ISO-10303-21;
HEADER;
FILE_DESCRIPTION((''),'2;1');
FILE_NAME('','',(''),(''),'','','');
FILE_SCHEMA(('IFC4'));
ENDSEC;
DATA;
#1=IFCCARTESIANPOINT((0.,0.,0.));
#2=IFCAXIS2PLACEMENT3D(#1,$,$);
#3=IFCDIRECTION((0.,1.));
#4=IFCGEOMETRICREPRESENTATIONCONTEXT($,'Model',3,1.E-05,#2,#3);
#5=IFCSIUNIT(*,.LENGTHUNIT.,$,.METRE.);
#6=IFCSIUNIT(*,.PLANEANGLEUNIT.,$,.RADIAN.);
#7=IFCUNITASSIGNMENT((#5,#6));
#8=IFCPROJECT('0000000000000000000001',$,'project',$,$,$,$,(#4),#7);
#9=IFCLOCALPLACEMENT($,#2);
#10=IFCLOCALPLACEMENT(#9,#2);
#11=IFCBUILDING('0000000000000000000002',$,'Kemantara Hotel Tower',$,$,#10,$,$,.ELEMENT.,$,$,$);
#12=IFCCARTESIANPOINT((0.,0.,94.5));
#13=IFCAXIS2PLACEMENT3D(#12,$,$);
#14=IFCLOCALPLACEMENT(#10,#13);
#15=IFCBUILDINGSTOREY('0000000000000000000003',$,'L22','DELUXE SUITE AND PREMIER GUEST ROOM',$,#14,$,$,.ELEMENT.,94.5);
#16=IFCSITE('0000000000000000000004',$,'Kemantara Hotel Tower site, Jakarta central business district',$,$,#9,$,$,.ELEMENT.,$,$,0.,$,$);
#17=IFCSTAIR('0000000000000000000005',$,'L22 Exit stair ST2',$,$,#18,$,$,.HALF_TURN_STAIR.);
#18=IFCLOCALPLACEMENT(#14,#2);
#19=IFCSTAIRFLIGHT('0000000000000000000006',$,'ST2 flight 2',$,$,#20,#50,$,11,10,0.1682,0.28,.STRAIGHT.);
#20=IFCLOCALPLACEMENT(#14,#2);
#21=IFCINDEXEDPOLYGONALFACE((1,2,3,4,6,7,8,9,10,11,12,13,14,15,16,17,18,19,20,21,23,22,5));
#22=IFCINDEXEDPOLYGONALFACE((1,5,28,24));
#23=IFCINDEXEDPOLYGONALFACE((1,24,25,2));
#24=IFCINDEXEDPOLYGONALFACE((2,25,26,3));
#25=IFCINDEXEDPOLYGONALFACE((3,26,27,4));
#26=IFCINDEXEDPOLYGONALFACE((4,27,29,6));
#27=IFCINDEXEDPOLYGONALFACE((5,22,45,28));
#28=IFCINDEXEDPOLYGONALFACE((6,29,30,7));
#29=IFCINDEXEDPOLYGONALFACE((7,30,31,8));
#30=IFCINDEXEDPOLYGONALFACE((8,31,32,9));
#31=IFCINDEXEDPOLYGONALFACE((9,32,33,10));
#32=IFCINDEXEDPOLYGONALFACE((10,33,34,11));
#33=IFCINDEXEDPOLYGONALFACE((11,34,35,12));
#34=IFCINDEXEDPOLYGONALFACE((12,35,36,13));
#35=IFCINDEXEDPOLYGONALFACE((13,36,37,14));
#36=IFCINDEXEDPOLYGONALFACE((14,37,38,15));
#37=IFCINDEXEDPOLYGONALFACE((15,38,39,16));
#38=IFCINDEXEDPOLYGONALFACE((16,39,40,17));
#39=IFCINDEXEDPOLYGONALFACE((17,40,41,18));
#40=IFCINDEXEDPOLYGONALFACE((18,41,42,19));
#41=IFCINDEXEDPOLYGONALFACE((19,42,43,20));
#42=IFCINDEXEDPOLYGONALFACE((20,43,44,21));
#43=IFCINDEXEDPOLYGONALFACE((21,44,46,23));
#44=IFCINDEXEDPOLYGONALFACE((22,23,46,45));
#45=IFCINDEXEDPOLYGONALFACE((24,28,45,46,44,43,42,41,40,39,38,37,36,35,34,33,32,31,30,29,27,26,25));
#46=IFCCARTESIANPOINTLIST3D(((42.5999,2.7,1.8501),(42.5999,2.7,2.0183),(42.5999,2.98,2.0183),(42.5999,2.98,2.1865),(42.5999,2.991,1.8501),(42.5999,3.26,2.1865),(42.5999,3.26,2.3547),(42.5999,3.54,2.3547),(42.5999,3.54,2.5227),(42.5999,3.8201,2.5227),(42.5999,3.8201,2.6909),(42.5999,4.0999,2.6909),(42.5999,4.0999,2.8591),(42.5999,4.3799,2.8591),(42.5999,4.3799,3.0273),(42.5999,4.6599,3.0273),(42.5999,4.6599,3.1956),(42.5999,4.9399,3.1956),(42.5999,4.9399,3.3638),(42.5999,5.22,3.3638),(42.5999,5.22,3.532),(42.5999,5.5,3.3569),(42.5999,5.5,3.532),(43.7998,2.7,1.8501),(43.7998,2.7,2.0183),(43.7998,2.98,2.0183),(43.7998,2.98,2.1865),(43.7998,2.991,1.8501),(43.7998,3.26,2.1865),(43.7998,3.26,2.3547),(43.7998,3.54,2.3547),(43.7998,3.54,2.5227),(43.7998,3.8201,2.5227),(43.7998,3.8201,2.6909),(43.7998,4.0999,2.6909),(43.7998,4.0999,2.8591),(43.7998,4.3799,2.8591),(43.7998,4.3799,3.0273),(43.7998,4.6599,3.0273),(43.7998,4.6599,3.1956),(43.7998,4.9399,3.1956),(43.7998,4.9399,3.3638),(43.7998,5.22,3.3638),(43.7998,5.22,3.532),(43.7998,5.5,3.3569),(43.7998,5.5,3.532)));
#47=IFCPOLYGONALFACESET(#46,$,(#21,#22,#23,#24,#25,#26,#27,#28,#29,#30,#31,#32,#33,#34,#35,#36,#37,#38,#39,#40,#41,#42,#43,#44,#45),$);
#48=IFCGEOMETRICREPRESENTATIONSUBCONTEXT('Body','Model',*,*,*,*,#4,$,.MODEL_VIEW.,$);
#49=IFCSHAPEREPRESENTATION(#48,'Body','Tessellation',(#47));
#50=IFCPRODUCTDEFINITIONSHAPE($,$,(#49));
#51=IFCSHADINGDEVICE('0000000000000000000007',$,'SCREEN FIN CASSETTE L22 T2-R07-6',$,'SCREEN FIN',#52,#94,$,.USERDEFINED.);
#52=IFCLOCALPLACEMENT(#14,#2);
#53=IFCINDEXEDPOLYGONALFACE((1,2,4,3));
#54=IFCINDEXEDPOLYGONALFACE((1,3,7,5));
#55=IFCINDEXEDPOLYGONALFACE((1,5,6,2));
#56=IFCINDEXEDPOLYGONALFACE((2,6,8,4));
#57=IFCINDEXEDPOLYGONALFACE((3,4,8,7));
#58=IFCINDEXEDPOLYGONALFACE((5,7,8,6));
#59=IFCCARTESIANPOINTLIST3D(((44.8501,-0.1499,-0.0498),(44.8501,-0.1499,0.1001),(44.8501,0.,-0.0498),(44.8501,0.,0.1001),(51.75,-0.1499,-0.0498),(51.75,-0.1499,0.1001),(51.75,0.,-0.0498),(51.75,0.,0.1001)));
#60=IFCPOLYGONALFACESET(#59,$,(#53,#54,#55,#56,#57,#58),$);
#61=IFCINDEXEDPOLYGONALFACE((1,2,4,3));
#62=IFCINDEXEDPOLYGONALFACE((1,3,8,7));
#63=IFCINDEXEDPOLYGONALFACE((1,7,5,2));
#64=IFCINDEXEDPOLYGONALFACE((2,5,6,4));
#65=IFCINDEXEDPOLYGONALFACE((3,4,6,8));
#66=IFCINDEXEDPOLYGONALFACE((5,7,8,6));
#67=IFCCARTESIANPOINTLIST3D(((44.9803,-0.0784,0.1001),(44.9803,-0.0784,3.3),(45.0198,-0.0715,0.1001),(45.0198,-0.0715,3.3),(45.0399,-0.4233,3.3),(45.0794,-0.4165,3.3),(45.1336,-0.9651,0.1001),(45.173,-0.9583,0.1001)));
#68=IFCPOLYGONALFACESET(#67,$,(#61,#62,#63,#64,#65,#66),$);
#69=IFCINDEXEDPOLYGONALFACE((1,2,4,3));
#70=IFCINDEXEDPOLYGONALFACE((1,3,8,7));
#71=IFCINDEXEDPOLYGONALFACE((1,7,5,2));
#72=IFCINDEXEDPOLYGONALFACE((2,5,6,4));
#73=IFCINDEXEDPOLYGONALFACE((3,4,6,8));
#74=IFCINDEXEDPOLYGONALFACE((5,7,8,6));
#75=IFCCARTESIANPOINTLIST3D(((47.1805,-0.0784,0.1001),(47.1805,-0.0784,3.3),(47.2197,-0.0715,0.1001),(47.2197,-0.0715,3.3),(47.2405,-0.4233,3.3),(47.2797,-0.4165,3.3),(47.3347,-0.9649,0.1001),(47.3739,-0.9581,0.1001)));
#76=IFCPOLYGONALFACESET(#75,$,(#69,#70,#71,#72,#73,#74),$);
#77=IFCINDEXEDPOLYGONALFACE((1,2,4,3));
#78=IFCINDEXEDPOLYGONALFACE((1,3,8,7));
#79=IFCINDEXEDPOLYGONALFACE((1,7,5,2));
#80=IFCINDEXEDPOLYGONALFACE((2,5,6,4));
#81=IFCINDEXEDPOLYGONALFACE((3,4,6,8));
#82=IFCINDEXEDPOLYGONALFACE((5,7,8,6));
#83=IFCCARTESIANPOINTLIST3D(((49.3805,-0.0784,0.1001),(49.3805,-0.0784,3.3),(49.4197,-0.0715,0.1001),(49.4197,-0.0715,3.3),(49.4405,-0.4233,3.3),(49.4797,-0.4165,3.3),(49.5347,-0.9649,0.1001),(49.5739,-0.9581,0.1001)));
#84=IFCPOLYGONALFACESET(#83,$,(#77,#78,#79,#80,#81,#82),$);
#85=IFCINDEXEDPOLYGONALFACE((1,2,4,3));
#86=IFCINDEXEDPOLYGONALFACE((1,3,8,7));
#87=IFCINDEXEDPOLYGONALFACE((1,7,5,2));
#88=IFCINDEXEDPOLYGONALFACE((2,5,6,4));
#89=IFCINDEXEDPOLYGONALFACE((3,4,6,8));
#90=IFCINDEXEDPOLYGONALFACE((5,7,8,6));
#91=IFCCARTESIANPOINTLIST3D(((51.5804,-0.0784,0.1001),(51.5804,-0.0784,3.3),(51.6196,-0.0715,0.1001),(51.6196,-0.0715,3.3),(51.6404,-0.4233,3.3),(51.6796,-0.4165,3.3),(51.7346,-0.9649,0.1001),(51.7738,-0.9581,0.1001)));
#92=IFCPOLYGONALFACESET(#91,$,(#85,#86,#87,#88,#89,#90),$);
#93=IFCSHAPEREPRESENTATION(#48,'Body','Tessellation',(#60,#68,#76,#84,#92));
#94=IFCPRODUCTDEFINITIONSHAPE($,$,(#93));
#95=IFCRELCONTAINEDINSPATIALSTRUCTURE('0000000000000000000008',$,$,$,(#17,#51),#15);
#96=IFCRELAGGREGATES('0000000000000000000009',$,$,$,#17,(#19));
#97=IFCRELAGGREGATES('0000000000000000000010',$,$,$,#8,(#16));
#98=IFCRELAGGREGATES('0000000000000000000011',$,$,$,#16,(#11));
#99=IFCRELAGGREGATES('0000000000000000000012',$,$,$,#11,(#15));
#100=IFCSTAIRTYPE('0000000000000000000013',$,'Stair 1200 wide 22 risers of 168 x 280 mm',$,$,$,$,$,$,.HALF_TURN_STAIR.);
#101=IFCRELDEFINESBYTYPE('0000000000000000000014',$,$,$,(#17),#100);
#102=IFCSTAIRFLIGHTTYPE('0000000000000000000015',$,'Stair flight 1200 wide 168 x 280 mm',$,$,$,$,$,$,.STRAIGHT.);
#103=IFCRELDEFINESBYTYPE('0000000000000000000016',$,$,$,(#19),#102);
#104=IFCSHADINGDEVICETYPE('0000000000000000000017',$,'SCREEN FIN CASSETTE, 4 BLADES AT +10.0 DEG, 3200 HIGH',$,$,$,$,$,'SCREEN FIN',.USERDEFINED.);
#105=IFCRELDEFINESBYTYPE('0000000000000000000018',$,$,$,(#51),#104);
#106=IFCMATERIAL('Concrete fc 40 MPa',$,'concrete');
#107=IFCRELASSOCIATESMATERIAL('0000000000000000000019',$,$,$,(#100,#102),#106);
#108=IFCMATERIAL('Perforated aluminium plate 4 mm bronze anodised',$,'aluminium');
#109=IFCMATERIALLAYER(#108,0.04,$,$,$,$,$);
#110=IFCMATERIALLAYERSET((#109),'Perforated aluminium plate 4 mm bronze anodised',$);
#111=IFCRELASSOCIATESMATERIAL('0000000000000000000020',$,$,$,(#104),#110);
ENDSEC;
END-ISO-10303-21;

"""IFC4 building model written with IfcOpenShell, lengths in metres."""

from ifc_helpers import new_model, si_unit, direction, frame, origin, origin_2d, place, context, subcontext, project, spatial, polyline, rectangle, outline, extrude, source, transform, mapped, material, layer, layer_set, type_object, element, aggregate, save


model = new_model("IFC4")

# Units and contexts
model_context = context("Model", 3, precision=1e-05, world=origin(), true_north=direction((0.0, 1.0)))
body_context = subcontext(model_context, "Body", "Model", "MODEL_VIEW")
ifc_project = project(units=[si_unit("LENGTHUNIT", "METRE"), si_unit("PLANEANGLEUNIT", "RADIAN")], contexts=[model_context])

# Site, building, storey
site_placement = place(None, origin())
site = spatial("IfcSite", under=ifc_project, at=site_placement, Name="Kemantara Hotel Tower site, Jakarta central business district", CompositionType="ELEMENT", RefElevation=0.0)
building_placement = place(site_placement, origin())
building = spatial("IfcBuilding", under=site, at=building_placement, Name="Kemantara Hotel Tower", CompositionType="ELEMENT")
storey_placement = place(building_placement, frame((0.0, 0.0, 94.5)))
storey = spatial("IfcBuildingStorey", under=building, at=storey_placement, Name="L22", Description="DELUXE SUITE AND PREMIER GUEST ROOM", CompositionType="ELEMENT", Elevation=94.5)

# Stair, stair flight
ifc_material_1 = material(Name="Concrete fc 40 MPa", Category="concrete")
stair_type = type_object("IfcStairType", Name="Stair 1200 wide 22 risers of 168 x 280 mm", PredefinedType="HALF_TURN_STAIR", material=ifc_material_1)
stair_placement = place(storey_placement, origin())
stair = element("IfcStair", 1, at=stair_placement, inside=storey, type_object=stair_type, Name="L22 Exit stair ST2", PredefinedType="HALF_TURN_STAIR")
stair_flight_type = type_object("IfcStairFlightType", Name="Stair flight 1200 wide 168 x 280 mm", PredefinedType="STRAIGHT", material=ifc_material_1)
stair_flight_1_placement = place(storey_placement, frame((43.2, 2.7, 1.8501), z_axis=(0.0, 0.0, 1.0), x_axis=(0.0, 1.0, 0.0)))
stair_flight_1 = element("IfcStairFlight", 2, at=stair_flight_1_placement, type_object=stair_flight_type, Name="ST2 flight 2", NumberOfRisers=11, NumberOfTreads=10, PredefinedType="STRAIGHT", RiserHeight=0.1682, TreadLength=0.28, context=body_context, shape_type="SweptSolid", body=[
    extrude(outline(polyline([(0.0, 0.0), (0.0, 0.1682), (0.28, 0.1682), (0.28, 0.3364), (0.5601, 0.3364), (0.5601, 0.5046), (0.8401, 0.5046), (0.8401, 0.6726), (1.1201, 0.6726), (1.1201, 0.8408), (1.3999, 0.8408), (1.3999, 1.009), (1.6799, 1.009), (1.6799, 1.1772), (1.96, 1.1772), (1.96, 1.3455), (2.24, 1.3455), (2.24, 1.5137), (2.52, 1.5137), (2.52, 1.6819), (2.8, 1.6819), (2.8, 1.8501), (2.8, 1.5068), (0.291, 0.0), (0.0, 0.0)])), frame((0.0, 0.6001, 0.0), z_axis=(0.0, -1.0, 0.0), x_axis=(1.0, 0.0, 0.0)), (0.0, 0.0, 1.0), 1.2),
])
aggregate(stair, [stair_flight_1])

# Shading device
ifc_material_2 = material(Name="Perforated aluminium plate 4 mm bronze anodised", Category="aluminium")
ifc_layer_1 = layer(ifc_material_2, 0.04)
ifc_layer_set_1 = layer_set([ifc_layer_1], Name="Perforated aluminium plate 4 mm bronze anodised")
shading_device_type = type_object("IfcShadingDeviceType", Name="SCREEN FIN CASSETTE, 4 BLADES AT +10.0 DEG, 3200 HIGH", ElementType="SCREEN FIN", PredefinedType="USERDEFINED", material=ifc_layer_set_1)
shared_shape = source(origin(), body_context, "Body", "SweptSolid", [
    extrude(rectangle(XDim=6.8999, YDim=0.1499, at=origin_2d()), frame((3.3, -0.075, -0.1499), z_axis=(0.0, 0.0, 1.0), x_axis=(1.0, 0.0, 0.0)), (0.0, 0.0, 1.0), 0.1499),
    extrude(outline(polyline([(0.0, 0.0), (0.8999, 0.0), (0.3501, 3.2), (0.0, 3.2), (0.0, 0.0)])), frame((0.0198, -0.0715, 0.0), z_axis=(-0.98539, -0.170314, 0.0), x_axis=(0.170314, -0.98539, 0.0)), (0.0, 0.0, 1.0), 0.04),
    extrude(outline(polyline([(0.0, 0.0), (0.8999, 0.0), (0.3501, 3.2), (0.0, 3.2), (0.0, 0.0)])), frame((2.2197, -0.0715, 0.0), z_axis=(-0.985212, -0.171341, 0.0), x_axis=(0.171341, -0.985212, 0.0)), (0.0, 0.0, 1.0), 0.0398),
    extrude(outline(polyline([(0.0, 0.0), (0.8999, 0.0), (0.3501, 3.2), (0.0, 3.2), (0.0, 0.0)])), frame((4.4197, -0.0715, 0.0), z_axis=(-0.985212, -0.171341, 0.0), x_axis=(0.171341, -0.985212, 0.0)), (0.0, 0.0, 1.0), 0.0398),
    extrude(outline(polyline([(0.0, 0.0), (0.8999, 0.0), (0.3501, 3.2), (0.0, 3.2), (0.0, 0.0)])), frame((6.6196, -0.0715, 0.0), z_axis=(-0.985212, -0.171341, 0.0), x_axis=(0.171341, -0.985212, 0.0)), (0.0, 0.0, 1.0), 0.0398),
])
shading_device_placement = place(storey_placement, frame((45.0, 0.0, 0.1001), z_axis=(0.0, 0.0, 1.0), x_axis=(1.0, 0.0, 0.0)))
element("IfcShadingDevice", 3, at=shading_device_placement, inside=storey, type_object=shading_device_type, Name="SCREEN FIN CASSETTE L22 T2-R07-6", ObjectType="SCREEN FIN", PredefinedType="USERDEFINED", context=body_context, shape_type="MappedRepresentation", body=[
    mapped(shared_shape, transform((0.0, 0.0, 0.0))),
])

save(model, "model.ifc")
